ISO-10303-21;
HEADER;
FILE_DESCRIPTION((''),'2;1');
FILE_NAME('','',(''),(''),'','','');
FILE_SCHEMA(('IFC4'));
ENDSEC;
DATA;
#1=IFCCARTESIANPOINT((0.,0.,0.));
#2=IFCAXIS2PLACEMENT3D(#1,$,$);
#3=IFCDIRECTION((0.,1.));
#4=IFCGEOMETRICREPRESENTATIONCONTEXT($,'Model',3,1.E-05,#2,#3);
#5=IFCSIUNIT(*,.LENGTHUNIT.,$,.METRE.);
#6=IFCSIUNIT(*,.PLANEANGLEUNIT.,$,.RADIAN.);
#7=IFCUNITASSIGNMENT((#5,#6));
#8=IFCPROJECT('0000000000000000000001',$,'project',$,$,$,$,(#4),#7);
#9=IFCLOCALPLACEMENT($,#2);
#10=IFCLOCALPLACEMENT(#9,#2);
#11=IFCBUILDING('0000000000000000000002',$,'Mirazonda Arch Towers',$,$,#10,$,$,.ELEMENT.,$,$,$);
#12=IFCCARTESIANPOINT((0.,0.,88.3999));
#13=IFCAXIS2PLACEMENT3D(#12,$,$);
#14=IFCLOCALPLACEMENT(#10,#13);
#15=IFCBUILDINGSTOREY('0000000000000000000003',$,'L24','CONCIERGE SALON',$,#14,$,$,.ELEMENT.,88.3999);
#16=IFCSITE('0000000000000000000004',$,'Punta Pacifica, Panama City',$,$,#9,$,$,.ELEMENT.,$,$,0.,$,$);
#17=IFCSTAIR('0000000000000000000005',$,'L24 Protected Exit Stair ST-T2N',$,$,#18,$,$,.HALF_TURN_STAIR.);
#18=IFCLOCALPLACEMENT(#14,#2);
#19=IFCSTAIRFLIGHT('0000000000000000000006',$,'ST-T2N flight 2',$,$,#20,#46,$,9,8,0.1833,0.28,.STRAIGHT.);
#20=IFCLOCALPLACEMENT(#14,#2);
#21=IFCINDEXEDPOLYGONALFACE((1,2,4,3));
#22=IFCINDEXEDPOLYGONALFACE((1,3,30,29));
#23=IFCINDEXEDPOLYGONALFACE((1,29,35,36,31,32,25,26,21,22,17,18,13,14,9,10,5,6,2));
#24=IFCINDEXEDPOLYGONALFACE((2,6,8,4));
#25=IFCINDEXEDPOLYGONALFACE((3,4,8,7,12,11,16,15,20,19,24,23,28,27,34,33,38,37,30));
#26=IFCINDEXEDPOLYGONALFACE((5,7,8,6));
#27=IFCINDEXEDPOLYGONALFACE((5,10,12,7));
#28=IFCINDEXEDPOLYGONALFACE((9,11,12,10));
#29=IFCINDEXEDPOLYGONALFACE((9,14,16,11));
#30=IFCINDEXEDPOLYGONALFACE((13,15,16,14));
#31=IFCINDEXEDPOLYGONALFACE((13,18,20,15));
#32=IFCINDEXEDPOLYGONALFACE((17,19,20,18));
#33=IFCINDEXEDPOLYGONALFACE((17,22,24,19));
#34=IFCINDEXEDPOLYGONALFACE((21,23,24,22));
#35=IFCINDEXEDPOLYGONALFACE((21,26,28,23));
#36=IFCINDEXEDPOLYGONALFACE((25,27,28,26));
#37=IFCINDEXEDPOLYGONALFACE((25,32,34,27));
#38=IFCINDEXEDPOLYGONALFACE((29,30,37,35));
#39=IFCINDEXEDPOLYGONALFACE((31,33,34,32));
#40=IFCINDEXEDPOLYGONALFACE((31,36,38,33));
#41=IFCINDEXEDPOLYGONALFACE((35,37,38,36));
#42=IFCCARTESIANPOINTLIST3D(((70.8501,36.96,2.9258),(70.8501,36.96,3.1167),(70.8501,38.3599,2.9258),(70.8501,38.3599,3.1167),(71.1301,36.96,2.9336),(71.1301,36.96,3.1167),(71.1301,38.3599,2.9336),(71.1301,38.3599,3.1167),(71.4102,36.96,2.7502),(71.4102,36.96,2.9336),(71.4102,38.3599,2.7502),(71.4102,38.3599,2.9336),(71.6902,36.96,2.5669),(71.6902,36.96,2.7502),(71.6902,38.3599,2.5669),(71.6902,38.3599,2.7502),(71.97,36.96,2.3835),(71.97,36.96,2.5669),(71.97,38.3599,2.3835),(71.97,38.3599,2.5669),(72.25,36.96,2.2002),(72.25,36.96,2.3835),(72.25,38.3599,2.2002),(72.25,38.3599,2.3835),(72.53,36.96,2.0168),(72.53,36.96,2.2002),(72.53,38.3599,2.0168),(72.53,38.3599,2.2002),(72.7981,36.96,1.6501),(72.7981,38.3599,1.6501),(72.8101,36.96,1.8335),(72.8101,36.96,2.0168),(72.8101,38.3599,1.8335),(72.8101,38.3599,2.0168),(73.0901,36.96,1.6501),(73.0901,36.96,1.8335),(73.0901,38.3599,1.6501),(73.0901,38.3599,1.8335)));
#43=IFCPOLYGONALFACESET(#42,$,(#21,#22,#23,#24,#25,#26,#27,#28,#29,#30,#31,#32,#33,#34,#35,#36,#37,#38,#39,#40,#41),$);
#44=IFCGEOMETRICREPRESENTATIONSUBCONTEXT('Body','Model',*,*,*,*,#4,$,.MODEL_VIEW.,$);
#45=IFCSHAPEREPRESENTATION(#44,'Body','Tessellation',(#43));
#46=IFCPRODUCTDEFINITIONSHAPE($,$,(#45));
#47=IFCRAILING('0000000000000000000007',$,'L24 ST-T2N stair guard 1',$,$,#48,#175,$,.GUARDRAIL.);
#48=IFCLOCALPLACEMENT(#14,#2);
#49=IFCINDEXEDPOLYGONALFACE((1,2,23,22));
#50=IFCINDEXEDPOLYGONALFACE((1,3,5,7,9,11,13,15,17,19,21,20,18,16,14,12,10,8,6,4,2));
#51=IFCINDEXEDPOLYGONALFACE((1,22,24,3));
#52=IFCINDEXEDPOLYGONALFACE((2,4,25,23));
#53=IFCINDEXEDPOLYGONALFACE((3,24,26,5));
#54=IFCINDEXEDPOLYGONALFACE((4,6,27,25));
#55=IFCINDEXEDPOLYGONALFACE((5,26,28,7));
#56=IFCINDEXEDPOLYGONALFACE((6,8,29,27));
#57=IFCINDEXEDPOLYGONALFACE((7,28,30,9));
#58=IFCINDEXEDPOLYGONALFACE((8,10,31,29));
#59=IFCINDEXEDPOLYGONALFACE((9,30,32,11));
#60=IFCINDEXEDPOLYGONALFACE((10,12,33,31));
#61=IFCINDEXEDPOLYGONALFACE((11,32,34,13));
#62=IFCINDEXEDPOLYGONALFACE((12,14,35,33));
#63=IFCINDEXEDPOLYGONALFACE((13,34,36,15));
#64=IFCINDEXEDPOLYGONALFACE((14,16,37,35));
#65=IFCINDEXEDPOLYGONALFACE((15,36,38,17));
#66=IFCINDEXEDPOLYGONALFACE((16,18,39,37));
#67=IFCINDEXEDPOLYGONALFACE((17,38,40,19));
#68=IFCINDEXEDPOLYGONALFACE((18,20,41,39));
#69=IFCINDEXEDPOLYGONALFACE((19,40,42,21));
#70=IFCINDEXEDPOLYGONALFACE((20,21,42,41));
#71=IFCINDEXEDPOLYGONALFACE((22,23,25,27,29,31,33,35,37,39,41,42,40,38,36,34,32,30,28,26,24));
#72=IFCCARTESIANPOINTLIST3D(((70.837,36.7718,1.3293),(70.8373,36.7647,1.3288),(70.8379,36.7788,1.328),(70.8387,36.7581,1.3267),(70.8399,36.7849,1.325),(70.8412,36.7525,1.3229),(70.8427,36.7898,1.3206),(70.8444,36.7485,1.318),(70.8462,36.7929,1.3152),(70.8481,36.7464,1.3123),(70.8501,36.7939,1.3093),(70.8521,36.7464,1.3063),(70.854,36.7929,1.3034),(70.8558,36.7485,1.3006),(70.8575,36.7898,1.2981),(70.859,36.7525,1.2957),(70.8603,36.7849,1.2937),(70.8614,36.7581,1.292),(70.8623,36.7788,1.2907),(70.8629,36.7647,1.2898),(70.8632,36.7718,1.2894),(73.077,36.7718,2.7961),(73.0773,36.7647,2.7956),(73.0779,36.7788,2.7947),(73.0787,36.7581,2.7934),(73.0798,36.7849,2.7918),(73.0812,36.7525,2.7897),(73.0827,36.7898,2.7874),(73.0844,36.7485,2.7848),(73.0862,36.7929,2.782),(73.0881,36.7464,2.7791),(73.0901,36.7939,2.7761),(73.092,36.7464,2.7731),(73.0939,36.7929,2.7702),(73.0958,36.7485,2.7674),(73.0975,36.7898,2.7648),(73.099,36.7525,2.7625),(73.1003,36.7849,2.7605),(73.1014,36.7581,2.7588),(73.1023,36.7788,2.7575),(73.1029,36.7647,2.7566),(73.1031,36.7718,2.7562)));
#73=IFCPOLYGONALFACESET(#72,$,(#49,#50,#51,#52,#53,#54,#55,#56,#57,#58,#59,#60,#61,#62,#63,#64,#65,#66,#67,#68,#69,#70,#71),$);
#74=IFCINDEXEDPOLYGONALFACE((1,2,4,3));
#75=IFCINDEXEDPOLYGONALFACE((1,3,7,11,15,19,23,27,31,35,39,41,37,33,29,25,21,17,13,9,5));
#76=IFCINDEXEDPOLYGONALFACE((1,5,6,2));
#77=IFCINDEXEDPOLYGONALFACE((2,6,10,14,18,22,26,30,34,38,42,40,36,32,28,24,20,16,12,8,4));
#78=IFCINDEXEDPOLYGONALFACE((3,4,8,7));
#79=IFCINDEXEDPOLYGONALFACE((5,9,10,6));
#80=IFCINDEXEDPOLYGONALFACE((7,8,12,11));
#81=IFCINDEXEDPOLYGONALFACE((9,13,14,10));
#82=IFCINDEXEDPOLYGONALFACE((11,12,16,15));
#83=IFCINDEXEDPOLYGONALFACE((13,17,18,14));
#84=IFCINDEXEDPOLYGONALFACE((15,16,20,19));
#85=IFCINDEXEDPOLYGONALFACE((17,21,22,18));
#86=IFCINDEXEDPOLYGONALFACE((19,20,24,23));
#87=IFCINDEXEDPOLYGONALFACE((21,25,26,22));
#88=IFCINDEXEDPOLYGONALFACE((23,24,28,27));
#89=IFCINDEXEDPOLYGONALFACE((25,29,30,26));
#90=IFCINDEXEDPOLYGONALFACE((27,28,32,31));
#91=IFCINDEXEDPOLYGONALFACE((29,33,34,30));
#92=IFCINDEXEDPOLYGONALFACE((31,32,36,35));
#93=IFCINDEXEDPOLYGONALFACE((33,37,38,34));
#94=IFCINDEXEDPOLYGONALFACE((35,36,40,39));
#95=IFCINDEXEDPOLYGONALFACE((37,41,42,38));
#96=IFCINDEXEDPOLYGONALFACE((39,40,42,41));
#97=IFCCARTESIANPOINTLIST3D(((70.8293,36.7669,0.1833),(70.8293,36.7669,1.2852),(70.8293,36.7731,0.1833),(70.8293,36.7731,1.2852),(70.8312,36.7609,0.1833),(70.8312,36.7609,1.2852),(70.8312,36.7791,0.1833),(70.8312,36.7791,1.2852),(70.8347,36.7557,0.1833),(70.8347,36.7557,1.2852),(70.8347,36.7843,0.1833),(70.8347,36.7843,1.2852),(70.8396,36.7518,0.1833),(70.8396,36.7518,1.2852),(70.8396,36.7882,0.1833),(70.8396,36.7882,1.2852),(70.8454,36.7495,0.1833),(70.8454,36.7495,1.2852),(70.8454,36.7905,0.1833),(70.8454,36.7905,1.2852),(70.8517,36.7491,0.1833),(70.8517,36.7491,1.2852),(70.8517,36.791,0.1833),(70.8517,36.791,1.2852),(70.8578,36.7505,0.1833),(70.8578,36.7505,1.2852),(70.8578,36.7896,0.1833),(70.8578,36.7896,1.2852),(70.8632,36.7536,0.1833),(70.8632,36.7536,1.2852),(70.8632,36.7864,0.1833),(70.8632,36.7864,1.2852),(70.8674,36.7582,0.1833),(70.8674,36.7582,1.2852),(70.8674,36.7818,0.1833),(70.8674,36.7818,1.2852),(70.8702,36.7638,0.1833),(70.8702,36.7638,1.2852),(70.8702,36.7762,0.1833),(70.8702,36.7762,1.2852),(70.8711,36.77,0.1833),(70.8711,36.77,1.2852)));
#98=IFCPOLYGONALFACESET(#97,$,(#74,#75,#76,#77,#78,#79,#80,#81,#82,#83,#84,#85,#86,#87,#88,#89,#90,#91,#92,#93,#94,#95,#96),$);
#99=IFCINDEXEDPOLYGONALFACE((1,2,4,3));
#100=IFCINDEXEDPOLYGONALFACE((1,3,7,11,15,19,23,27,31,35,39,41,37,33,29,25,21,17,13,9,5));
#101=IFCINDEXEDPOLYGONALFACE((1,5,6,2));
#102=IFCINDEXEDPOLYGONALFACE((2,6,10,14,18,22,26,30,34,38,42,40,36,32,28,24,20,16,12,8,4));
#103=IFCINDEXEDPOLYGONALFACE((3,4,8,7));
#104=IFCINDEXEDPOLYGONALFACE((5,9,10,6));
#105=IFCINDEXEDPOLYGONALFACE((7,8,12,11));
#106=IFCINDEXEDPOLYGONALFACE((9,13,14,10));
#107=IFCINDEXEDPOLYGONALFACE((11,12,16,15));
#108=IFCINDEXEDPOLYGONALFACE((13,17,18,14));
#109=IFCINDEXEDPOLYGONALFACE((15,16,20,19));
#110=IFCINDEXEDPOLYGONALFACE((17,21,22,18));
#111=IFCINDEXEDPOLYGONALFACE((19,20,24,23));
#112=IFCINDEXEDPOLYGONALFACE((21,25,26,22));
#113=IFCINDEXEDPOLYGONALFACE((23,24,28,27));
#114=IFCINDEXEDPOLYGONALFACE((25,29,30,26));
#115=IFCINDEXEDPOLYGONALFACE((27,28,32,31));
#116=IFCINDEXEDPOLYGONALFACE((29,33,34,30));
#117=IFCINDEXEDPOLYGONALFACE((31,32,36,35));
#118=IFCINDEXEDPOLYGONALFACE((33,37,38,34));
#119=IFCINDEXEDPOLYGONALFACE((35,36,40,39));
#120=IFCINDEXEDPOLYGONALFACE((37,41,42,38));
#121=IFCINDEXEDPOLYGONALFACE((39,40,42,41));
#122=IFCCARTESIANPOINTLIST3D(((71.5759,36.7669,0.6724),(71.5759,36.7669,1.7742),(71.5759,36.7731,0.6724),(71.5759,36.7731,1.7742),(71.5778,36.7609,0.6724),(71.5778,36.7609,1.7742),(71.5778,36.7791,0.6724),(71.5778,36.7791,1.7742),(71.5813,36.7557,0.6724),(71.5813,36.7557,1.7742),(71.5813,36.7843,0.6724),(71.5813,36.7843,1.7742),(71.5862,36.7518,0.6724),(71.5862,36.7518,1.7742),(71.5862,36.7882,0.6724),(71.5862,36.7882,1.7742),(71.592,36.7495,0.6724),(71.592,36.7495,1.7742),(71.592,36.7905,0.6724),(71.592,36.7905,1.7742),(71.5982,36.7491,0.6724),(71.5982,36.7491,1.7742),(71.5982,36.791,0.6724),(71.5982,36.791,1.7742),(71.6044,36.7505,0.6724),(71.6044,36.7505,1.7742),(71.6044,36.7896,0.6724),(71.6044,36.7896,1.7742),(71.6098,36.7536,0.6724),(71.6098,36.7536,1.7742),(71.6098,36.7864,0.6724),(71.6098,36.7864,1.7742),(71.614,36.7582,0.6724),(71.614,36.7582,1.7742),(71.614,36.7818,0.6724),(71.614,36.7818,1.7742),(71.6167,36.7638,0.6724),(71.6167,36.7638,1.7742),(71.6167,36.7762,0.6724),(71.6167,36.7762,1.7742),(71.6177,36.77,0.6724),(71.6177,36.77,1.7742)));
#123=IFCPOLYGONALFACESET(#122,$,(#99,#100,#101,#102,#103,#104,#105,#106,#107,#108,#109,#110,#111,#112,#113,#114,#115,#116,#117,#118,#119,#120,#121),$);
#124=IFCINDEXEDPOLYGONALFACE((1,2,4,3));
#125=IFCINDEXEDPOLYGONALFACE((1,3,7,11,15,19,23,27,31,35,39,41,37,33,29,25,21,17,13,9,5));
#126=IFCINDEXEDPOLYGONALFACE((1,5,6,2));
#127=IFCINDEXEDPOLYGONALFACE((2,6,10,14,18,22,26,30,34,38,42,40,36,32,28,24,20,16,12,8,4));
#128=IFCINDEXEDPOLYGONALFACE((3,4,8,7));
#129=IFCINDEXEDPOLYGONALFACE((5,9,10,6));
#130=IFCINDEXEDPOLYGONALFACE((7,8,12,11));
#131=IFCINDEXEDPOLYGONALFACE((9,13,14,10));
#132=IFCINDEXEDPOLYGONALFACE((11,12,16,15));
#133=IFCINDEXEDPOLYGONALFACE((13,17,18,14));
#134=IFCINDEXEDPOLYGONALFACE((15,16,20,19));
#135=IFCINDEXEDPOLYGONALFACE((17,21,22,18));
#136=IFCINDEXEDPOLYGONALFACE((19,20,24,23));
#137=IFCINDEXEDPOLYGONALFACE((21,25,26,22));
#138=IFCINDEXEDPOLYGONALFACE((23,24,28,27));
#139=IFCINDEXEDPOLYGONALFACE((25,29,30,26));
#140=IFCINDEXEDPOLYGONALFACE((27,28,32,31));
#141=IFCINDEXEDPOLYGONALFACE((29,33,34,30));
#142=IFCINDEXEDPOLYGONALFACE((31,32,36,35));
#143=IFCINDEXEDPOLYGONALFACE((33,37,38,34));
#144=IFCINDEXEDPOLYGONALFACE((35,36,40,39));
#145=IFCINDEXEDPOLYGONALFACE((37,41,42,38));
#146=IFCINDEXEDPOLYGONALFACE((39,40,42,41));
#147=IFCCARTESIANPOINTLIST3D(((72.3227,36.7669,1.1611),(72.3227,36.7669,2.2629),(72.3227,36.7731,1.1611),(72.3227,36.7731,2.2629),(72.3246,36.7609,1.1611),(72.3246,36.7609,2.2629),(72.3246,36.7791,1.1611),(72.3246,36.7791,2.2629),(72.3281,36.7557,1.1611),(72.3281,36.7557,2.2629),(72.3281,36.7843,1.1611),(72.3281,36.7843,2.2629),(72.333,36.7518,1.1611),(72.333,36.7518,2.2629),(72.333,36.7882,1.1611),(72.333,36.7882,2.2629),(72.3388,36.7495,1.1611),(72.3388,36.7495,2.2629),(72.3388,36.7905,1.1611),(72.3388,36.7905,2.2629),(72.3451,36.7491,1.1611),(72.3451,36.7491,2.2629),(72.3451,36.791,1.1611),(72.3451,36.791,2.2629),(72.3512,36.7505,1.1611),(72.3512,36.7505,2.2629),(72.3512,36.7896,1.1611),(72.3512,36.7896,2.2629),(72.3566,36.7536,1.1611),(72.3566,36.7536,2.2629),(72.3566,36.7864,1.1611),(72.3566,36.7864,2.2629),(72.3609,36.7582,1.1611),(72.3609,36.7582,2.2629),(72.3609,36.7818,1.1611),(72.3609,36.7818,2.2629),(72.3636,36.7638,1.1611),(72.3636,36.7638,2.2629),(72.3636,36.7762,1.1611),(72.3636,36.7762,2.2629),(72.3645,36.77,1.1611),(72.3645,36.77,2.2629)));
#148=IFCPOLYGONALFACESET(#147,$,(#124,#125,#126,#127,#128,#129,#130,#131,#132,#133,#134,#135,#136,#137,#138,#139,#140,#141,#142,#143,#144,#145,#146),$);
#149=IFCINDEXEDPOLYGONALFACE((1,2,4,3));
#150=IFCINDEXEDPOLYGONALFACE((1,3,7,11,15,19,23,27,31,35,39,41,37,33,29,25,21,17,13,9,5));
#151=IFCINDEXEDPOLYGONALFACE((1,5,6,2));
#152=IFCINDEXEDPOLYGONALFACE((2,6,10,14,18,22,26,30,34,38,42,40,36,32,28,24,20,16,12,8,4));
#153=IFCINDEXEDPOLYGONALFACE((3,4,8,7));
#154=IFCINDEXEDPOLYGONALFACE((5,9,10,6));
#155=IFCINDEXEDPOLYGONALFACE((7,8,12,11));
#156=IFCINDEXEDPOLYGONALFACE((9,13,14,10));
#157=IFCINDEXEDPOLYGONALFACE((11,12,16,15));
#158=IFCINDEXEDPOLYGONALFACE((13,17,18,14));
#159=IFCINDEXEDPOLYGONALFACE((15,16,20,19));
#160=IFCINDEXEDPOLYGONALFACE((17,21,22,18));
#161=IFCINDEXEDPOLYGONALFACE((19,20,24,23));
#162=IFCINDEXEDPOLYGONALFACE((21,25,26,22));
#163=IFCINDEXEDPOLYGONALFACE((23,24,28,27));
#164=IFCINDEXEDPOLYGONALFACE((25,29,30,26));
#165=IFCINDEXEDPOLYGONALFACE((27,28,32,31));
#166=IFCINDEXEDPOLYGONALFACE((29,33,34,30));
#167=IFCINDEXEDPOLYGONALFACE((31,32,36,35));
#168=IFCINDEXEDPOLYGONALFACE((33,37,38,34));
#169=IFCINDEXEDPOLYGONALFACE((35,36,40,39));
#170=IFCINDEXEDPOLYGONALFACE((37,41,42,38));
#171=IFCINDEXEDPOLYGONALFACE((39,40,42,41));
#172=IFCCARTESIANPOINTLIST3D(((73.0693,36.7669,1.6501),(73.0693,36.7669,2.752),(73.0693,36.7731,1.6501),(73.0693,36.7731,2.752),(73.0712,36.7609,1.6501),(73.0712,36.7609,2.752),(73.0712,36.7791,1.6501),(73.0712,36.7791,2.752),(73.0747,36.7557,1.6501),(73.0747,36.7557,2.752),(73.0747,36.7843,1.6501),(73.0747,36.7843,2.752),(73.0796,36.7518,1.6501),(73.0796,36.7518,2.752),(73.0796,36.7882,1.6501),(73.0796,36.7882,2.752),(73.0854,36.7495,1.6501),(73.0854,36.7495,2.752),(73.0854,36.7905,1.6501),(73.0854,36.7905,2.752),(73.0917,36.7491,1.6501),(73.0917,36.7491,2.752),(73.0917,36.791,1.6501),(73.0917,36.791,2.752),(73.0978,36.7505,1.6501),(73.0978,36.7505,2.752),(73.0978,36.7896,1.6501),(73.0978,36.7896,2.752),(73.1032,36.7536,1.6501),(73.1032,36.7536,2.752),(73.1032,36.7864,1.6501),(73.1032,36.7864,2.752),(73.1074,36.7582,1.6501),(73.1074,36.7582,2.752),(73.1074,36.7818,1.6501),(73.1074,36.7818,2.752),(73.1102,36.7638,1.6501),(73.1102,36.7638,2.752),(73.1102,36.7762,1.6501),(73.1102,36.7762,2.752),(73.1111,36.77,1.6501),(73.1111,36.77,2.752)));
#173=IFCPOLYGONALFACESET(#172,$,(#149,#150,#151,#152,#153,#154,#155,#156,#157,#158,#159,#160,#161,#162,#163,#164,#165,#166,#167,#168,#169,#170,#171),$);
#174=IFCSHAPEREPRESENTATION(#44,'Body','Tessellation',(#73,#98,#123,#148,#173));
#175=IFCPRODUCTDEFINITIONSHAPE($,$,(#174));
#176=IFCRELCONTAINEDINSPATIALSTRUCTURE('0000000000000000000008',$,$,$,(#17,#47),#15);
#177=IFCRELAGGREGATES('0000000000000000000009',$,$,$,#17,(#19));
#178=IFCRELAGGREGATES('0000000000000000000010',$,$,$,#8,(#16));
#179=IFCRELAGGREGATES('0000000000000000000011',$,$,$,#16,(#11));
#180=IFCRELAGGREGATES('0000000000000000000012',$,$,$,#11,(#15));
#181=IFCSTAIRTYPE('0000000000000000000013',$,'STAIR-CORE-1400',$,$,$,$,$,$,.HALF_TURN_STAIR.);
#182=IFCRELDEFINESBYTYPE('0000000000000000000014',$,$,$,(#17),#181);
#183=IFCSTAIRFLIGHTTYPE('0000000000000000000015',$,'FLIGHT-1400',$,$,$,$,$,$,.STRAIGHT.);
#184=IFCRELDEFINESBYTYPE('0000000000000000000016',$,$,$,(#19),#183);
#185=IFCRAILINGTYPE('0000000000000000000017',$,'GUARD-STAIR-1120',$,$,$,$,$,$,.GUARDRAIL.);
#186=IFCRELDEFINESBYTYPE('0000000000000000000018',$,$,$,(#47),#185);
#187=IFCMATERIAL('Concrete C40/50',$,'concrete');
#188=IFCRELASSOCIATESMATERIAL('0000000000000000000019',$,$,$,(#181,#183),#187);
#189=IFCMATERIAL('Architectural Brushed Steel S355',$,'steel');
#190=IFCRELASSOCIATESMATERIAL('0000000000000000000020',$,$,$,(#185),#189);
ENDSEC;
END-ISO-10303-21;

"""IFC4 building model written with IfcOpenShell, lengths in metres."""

from ifc_helpers import new_model, si_unit, direction, frame, origin, origin_2d, place, context, subcontext, project, spatial, polyline, circle, outline, extrude, material, type_object, element, aggregate, save


model = new_model("IFC4")

# Units and contexts
model_context = context("Model", 3, precision=1e-05, world=origin(), true_north=direction((0.0, 1.0)))
body_context = subcontext(model_context, "Body", "Model", "MODEL_VIEW")
ifc_project = project(units=[si_unit("LENGTHUNIT", "METRE"), si_unit("PLANEANGLEUNIT", "RADIAN")], contexts=[model_context])

# Site, building, storey
site_placement = place(None, origin())
site = spatial("IfcSite", under=ifc_project, at=site_placement, Name="Punta Pacifica, Panama City", CompositionType="ELEMENT", RefElevation=0.0)
building_placement = place(site_placement, origin())
building = spatial("IfcBuilding", under=site, at=building_placement, Name="Mirazonda Arch Towers", CompositionType="ELEMENT")
storey_placement = place(building_placement, frame((0.0, 0.0, 88.3999)))
storey = spatial("IfcBuildingStorey", under=building, at=storey_placement, Name="L24", Description="CONCIERGE SALON", CompositionType="ELEMENT", Elevation=88.3999)

# Shared definitions
ifc_material_1 = material(Name="Concrete C40/50", Category="concrete")

# Stair, stair flight
stair_type = type_object("IfcStairType", Name="STAIR-CORE-1400", PredefinedType="HALF_TURN_STAIR", material=ifc_material_1)
stair_placement = place(storey_placement, origin())
stair = element("IfcStair", 1, at=stair_placement, inside=storey, type_object=stair_type, Name="L24 Protected Exit Stair ST-T2N", PredefinedType="HALF_TURN_STAIR")
stair_flight_type = type_object("IfcStairFlightType", Name="FLIGHT-1400", PredefinedType="STRAIGHT", material=ifc_material_1)
stair_flight_placement = place(storey_placement, frame((73.0901, 37.6599, 1.6501), z_axis=(0.0, 0.0, 1.0), x_axis=(-1.0, 0.0, 0.0)))
stair_flight = element("IfcStairFlight", 2, at=stair_flight_placement, type_object=stair_flight_type, Name="ST-T2N flight 2", NumberOfRisers=9, NumberOfTreads=8, PredefinedType="STRAIGHT", RiserHeight=0.1833, TreadLength=0.28, context=body_context, shape_type="SweptSolid", body=[
    extrude(outline(polyline([(0.0, 0.0), (0.0, 0.1833), (0.28, 0.1833), (0.28, 0.3667), (0.5601, 0.3667), (0.5601, 0.55), (0.8401, 0.55), (0.8401, 0.7334), (1.1201, 0.7334), (1.1201, 0.9167), (1.3999, 0.9167), (1.3999, 1.1001), (1.6799, 1.1001), (1.6799, 1.2834), (1.96, 1.2834), (1.96, 1.4666), (2.24, 1.4666), (2.24, 1.6499), (2.24, 1.2756), (0.292, 0.0), (0.0, 0.0)])), frame((0.0, 0.7, 0.0), z_axis=(0.0, -1.0, 0.0), x_axis=(1.0, 0.0, 0.0)), (0.0, 0.0, 1.0), 1.3999),
])
aggregate(stair, [stair_flight])

# Railing
ifc_material_2 = material(Name="Architectural Brushed Steel S355", Category="steel")
railing_type_1 = type_object("IfcRailingType", Name="GUARD-STAIR-1120", PredefinedType="GUARDRAIL", material=ifc_material_2)
railing_1_placement = place(storey_placement, frame((70.8501, 36.77, 0.1833)))
element("IfcRailing", 3, at=railing_1_placement, inside=storey, type_object=railing_type_1, Name="L24 ST-T2N stair guard 1", PredefinedType="GUARDRAIL", context=body_context, shape_type="SweptSolid", body=[
    extrude(circle(Radius=0.0239, at=origin_2d()), frame((0.0, 0.0, 1.126), z_axis=(0.836595, 0.0, 0.547822), x_axis=(0.0, 1.0, 0.0)), (0.0, 0.0, 1.0), 2.6775),
    extrude(circle(Radius=0.021, at=origin_2d()), origin(), (0.0, 0.0, 1.0), 1.1018),
    extrude(circle(Radius=0.021, at=origin_2d()), frame((0.7466, 0.0, 0.489)), (0.0, 0.0, 1.0), 1.1018),
    extrude(circle(Radius=0.021, at=origin_2d()), frame((1.4934, 0.0, 0.9778)), (0.0, 0.0, 1.0), 1.1018),
    extrude(circle(Radius=0.021, at=origin_2d()), frame((2.24, 0.0, 1.4668)), (0.0, 0.0, 1.0), 1.1018),
])

save(model, "model.ifc")
